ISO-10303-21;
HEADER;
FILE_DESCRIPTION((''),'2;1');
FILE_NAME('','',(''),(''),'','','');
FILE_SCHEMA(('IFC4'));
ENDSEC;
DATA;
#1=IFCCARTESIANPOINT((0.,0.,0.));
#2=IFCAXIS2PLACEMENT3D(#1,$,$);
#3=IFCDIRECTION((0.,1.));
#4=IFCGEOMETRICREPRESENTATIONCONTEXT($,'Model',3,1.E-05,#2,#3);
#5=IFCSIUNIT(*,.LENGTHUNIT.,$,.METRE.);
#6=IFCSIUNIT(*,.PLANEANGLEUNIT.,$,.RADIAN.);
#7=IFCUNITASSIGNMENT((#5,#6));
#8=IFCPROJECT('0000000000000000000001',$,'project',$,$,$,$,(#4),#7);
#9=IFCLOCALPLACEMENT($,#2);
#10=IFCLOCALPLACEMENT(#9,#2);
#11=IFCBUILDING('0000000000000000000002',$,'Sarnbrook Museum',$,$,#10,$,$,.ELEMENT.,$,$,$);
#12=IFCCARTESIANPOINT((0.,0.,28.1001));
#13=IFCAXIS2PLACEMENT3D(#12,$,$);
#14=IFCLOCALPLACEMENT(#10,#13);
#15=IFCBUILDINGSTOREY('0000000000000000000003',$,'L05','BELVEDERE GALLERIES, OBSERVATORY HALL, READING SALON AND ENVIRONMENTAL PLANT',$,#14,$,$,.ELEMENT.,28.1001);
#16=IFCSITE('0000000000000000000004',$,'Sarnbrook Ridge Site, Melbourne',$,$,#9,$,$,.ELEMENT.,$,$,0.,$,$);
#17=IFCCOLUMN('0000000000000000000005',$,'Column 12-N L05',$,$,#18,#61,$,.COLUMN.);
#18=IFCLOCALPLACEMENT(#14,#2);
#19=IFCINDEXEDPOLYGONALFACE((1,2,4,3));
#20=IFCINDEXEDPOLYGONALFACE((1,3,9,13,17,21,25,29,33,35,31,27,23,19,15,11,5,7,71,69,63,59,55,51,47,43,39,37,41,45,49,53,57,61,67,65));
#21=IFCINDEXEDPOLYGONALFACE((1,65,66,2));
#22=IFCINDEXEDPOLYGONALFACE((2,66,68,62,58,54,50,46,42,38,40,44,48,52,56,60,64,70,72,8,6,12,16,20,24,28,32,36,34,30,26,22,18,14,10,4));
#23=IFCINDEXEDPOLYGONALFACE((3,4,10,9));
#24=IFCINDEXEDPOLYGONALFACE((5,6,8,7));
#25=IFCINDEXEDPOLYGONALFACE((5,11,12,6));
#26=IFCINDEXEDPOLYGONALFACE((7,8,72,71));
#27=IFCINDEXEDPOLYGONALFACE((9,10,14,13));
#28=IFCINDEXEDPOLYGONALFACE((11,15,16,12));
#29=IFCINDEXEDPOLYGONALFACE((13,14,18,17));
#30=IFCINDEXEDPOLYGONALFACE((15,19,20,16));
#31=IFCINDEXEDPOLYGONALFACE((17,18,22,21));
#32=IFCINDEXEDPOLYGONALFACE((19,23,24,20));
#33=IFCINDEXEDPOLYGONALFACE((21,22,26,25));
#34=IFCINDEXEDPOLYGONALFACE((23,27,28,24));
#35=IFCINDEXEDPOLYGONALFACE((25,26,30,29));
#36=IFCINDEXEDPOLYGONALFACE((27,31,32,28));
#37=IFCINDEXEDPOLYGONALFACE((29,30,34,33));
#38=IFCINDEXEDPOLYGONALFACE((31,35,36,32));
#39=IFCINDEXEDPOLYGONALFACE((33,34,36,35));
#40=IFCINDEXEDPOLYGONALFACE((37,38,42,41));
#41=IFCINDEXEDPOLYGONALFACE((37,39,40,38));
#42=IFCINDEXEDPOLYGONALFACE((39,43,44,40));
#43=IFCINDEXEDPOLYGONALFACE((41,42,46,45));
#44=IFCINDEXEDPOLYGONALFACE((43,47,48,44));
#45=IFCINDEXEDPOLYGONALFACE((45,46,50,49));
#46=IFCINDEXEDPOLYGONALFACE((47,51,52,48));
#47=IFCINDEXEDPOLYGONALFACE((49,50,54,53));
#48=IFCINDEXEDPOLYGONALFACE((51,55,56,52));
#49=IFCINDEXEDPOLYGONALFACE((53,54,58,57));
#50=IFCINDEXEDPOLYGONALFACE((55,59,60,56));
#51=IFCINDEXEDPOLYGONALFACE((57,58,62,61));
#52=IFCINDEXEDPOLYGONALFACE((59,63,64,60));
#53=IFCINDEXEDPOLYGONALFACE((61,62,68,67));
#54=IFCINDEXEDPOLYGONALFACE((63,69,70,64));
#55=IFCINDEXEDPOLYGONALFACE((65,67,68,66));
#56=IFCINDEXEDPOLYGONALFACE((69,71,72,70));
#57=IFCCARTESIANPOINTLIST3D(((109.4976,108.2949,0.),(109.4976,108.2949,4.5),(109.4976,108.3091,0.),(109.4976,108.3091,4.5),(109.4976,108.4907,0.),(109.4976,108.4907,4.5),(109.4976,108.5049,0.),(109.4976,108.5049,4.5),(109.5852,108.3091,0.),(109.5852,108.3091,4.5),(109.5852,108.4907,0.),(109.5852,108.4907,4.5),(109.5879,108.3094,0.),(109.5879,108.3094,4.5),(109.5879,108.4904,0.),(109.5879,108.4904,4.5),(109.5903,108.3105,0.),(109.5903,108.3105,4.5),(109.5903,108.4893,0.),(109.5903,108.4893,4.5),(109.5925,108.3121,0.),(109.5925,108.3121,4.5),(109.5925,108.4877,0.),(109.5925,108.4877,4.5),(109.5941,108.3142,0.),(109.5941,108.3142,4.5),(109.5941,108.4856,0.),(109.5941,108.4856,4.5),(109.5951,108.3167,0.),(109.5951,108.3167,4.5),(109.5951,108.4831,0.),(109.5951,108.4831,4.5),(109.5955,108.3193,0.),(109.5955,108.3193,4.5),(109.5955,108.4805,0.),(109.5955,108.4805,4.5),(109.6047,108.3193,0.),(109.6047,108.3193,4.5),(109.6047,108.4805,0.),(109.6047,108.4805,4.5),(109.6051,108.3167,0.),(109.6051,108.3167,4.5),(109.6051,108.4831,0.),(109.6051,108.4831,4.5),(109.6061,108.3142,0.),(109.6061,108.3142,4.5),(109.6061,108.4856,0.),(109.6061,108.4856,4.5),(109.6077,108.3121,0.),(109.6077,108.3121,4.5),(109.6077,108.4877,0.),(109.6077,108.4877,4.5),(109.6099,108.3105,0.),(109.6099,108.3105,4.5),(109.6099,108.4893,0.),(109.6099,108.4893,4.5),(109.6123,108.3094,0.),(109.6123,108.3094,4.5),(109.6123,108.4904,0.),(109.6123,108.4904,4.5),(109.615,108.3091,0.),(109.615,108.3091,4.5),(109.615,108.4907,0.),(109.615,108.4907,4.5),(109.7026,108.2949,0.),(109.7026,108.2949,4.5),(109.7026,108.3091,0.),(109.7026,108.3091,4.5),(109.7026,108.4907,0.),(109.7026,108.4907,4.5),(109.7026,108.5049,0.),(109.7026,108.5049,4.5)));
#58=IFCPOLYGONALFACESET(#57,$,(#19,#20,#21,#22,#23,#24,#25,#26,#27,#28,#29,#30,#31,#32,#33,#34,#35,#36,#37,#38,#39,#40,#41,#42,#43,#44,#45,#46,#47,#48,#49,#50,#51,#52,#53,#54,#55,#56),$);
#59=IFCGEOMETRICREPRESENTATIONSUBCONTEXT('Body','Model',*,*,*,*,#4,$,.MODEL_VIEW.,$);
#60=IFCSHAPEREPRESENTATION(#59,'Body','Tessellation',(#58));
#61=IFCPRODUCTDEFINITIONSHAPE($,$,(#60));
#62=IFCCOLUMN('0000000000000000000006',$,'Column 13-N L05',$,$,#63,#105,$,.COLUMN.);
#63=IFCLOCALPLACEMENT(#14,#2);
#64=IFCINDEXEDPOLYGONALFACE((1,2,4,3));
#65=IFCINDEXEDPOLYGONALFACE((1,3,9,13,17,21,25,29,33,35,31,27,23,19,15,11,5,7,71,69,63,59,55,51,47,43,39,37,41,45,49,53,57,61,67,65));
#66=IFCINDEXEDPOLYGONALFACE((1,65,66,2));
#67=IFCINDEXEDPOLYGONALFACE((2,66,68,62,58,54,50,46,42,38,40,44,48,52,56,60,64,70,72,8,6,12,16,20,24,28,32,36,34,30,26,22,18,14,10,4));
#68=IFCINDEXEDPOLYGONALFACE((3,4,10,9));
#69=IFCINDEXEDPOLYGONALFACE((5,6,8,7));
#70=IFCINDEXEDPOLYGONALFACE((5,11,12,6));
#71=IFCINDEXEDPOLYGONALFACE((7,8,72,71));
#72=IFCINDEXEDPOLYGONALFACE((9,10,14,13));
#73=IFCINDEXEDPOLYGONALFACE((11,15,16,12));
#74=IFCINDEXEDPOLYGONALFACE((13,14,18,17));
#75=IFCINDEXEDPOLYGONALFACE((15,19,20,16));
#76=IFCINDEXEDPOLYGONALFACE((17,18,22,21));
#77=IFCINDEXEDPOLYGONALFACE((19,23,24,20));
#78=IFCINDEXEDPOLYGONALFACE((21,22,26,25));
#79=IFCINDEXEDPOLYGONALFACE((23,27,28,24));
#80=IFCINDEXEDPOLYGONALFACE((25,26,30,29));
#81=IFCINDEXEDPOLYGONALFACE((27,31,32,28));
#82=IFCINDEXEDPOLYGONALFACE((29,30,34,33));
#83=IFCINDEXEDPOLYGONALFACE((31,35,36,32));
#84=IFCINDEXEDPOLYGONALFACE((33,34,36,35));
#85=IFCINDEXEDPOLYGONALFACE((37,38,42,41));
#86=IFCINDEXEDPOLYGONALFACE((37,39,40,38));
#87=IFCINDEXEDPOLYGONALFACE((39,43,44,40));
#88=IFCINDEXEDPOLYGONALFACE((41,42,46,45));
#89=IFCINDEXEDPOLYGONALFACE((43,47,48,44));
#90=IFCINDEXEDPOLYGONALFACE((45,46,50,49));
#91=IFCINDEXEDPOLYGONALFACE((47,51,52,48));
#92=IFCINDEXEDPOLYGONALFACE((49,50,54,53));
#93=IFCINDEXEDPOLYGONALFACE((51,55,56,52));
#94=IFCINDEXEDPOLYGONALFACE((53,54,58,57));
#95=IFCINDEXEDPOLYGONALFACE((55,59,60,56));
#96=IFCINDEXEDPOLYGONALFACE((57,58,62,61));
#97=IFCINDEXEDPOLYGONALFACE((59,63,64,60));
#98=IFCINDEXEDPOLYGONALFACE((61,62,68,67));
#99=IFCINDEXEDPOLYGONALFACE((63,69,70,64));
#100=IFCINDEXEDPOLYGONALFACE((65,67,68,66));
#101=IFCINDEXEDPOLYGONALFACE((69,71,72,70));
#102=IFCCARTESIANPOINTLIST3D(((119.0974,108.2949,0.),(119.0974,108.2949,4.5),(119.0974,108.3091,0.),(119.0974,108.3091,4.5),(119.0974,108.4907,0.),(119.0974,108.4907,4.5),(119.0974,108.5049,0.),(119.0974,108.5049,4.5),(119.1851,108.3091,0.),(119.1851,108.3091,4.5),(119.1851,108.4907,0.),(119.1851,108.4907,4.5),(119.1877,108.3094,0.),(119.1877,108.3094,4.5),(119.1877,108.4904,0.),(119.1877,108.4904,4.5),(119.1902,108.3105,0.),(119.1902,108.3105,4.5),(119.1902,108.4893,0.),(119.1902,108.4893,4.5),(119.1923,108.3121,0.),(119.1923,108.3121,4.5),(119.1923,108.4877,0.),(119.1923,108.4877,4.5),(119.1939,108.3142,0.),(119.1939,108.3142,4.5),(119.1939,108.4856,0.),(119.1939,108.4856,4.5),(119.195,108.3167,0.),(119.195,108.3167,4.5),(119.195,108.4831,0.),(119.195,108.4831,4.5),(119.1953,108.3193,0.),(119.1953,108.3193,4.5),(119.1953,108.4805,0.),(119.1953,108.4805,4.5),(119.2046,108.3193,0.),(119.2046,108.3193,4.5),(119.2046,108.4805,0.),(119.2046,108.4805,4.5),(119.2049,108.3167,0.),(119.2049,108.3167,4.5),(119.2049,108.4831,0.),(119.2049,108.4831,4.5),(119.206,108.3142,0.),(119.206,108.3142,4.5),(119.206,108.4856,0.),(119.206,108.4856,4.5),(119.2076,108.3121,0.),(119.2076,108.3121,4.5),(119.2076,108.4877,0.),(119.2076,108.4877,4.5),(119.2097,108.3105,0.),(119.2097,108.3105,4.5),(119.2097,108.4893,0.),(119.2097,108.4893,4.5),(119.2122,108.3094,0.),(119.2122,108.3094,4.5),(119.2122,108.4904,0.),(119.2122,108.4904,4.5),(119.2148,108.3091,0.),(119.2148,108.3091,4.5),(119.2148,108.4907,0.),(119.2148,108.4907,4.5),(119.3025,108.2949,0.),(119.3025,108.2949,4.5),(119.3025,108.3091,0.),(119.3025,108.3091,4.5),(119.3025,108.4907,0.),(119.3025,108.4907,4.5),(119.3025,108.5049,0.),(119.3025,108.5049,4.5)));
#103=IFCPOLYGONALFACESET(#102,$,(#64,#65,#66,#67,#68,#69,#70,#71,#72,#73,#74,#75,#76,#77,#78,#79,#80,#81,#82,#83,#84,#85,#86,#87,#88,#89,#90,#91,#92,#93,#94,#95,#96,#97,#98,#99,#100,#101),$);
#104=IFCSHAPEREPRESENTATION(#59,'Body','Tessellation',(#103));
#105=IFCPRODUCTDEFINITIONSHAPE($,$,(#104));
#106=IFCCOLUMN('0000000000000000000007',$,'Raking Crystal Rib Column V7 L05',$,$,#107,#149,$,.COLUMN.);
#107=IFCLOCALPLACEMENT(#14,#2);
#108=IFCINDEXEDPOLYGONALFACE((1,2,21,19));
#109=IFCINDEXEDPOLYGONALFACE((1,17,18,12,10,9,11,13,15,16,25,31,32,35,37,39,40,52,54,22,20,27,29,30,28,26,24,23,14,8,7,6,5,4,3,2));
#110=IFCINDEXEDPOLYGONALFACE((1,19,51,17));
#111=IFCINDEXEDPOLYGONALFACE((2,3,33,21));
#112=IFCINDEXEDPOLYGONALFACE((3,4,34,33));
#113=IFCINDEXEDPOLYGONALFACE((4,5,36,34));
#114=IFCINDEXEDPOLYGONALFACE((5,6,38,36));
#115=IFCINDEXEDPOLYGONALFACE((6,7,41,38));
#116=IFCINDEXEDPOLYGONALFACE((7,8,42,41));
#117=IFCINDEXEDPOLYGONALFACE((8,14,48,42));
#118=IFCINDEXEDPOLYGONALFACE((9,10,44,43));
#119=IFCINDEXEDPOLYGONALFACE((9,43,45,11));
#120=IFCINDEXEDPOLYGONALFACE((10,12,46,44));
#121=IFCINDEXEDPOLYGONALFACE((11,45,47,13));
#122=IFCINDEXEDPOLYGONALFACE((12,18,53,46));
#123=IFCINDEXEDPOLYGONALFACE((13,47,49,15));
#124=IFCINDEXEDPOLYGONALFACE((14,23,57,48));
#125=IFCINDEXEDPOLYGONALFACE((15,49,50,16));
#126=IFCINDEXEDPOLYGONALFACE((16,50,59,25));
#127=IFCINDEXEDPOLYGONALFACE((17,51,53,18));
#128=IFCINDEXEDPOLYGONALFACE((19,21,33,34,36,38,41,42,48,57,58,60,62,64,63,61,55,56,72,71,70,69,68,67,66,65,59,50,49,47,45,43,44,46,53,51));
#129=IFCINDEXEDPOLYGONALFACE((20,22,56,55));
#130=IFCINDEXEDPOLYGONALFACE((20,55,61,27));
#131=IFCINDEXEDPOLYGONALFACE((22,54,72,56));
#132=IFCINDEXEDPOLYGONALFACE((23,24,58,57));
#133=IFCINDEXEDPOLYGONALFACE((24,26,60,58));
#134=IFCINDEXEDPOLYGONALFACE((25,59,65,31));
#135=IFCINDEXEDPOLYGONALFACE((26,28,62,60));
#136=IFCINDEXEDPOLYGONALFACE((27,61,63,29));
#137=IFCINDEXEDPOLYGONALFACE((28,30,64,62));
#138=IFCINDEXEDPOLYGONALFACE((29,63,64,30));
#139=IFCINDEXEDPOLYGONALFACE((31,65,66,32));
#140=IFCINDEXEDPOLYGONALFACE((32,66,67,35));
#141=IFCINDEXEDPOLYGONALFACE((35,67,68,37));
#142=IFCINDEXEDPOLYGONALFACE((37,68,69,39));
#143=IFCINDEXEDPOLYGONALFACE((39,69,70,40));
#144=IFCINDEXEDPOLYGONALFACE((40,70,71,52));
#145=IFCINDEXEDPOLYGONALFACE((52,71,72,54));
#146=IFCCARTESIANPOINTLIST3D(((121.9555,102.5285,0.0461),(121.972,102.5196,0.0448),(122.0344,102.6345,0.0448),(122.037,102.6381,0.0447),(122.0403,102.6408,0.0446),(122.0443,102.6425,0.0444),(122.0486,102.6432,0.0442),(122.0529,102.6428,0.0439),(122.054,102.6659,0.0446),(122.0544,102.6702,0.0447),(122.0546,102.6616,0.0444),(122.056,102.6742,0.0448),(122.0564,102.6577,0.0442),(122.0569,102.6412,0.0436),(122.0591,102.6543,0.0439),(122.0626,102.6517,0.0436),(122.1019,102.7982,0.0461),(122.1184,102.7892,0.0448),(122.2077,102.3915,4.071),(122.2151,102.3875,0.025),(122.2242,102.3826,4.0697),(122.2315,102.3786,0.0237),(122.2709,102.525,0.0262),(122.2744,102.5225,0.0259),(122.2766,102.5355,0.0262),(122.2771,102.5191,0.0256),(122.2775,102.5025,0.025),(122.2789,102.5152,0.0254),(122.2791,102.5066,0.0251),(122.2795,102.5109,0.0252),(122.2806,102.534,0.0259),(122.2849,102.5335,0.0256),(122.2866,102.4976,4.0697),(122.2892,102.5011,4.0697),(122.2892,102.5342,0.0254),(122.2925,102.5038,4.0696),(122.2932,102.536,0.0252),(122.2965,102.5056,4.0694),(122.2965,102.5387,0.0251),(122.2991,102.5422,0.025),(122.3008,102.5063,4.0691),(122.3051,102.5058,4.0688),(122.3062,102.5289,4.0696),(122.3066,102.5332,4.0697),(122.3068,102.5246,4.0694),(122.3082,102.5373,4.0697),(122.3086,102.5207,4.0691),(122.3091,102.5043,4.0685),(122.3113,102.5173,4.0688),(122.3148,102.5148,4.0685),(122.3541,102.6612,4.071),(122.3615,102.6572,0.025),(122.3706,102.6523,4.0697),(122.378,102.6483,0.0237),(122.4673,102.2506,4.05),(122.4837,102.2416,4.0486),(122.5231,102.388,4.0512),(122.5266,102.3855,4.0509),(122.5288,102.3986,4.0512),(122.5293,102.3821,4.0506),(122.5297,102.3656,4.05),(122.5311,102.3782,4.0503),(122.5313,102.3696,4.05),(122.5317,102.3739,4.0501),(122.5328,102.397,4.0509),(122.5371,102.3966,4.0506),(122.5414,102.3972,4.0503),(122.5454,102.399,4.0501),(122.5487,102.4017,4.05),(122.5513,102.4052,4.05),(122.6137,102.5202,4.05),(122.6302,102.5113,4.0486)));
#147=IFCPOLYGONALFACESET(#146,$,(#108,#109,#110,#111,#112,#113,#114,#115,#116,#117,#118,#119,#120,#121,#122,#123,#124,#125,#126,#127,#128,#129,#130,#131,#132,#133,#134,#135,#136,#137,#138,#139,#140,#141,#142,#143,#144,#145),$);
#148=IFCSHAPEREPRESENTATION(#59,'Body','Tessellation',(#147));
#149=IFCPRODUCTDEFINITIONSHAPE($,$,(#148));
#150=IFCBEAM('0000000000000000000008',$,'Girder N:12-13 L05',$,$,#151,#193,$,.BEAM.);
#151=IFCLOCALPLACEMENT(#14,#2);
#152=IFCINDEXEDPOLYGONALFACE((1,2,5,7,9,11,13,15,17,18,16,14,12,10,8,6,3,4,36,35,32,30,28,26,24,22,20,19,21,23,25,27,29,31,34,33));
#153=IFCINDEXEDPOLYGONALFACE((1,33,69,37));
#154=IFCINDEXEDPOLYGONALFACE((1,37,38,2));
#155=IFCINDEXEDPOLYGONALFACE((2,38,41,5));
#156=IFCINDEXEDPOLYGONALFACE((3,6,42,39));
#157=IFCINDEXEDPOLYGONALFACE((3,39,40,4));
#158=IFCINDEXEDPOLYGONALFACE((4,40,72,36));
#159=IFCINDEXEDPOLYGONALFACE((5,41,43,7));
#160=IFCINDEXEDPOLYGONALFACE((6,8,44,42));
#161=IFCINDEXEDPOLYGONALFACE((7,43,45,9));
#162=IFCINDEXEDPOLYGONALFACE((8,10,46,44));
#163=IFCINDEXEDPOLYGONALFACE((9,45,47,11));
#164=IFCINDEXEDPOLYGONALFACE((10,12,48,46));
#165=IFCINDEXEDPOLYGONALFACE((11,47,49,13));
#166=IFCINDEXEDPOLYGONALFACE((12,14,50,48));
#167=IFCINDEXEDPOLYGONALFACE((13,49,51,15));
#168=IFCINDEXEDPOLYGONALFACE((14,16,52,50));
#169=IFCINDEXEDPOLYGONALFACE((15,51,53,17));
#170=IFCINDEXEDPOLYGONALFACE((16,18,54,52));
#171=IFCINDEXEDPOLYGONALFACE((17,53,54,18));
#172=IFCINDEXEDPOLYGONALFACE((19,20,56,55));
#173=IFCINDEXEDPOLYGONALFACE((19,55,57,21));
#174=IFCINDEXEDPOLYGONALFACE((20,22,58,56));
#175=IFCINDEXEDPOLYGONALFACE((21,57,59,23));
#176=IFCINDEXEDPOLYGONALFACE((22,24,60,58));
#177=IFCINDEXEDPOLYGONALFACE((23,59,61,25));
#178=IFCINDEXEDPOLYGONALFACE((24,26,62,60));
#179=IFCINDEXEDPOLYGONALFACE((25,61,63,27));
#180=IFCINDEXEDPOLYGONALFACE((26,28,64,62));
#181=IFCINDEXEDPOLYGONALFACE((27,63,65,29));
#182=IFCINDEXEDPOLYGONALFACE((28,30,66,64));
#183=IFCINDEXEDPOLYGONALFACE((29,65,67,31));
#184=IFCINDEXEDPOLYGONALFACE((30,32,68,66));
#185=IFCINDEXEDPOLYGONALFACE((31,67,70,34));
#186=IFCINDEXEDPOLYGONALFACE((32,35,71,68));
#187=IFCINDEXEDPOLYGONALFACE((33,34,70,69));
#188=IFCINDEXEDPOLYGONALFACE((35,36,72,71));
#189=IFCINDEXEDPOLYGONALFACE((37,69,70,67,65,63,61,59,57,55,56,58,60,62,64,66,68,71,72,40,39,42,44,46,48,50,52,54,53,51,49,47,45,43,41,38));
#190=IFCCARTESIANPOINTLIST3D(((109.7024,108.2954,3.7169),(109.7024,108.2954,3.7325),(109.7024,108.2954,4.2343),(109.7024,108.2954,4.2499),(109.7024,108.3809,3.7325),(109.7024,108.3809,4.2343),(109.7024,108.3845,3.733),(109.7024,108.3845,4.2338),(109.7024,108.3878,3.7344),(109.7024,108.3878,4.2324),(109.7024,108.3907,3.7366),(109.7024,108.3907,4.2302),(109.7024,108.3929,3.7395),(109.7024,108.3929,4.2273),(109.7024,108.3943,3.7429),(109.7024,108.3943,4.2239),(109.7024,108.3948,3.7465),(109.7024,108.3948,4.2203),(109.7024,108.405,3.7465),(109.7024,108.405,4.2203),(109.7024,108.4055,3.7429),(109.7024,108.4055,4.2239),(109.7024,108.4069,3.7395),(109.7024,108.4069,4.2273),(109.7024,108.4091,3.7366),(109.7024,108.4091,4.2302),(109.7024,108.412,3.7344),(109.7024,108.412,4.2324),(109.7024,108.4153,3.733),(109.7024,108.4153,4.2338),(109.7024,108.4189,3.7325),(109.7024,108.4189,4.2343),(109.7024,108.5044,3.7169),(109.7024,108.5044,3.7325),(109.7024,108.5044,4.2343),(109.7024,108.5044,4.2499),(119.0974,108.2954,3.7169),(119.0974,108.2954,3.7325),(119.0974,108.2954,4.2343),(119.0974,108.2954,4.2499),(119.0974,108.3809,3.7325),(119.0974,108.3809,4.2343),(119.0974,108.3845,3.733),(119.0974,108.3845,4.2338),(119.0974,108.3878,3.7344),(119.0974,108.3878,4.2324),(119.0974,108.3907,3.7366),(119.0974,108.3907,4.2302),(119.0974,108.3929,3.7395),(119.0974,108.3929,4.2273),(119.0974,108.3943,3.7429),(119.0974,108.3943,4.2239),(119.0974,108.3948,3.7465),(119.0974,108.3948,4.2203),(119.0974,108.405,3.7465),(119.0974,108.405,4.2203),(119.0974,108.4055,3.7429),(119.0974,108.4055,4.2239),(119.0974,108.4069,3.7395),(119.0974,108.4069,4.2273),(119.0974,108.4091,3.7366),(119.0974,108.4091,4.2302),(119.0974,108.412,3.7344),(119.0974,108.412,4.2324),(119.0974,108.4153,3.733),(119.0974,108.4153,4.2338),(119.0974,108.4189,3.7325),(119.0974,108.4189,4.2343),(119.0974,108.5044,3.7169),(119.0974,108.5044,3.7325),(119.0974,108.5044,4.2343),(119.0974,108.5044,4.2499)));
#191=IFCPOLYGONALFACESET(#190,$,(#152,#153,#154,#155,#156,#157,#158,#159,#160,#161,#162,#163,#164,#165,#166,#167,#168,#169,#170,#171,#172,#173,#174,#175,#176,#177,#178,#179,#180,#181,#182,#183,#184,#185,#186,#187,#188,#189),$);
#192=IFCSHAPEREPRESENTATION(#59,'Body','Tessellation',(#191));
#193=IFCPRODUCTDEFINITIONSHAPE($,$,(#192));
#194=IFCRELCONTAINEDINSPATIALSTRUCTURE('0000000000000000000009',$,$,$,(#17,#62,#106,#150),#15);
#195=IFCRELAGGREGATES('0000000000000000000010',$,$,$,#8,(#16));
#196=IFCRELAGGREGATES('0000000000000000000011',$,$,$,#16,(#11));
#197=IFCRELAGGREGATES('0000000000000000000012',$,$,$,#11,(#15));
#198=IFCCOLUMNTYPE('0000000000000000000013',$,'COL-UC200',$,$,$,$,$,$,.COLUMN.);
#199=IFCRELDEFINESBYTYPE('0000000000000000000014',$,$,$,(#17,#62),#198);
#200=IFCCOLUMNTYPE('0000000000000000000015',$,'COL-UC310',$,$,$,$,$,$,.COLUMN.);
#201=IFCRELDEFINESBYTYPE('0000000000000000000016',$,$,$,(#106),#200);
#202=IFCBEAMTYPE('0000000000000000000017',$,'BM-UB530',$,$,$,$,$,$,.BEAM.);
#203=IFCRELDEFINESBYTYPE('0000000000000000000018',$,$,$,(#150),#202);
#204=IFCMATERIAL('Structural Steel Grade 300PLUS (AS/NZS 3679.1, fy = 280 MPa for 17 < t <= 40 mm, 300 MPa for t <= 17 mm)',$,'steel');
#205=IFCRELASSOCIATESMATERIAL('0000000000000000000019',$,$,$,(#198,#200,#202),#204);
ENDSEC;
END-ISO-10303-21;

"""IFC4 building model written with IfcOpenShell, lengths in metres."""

from ifc_helpers import new_model, si_unit, direction, frame, origin, origin_2d, place, context, subcontext, project, spatial, i_section, extrude, material, material_profile, profile_set, type_object, element, save


model = new_model("IFC4")

# Units and contexts
model_context = context("Model", 3, precision=1e-05, world=origin(), true_north=direction((0.0, 1.0)))
body_context = subcontext(model_context, "Body", "Model", "MODEL_VIEW")
ifc_project = project(units=[si_unit("LENGTHUNIT", "METRE"), si_unit("PLANEANGLEUNIT", "RADIAN")], contexts=[model_context])

# Site, building, storey
site_placement = place(None, origin())
site = spatial("IfcSite", under=ifc_project, at=site_placement, Name="Sarnbrook Ridge Site, Melbourne", CompositionType="ELEMENT", RefElevation=0.0)
building_placement = place(site_placement, origin())
building = spatial("IfcBuilding", under=site, at=building_placement, Name="Sarnbrook Museum", CompositionType="ELEMENT")
storey_placement = place(building_placement, frame((0.0, 0.0, 28.1001)))
storey = spatial("IfcBuildingStorey", under=building, at=storey_placement, Name="L05", Description="BELVEDERE GALLERIES, OBSERVATORY HALL, READING SALON AND ENVIRONMENTAL PLANT", CompositionType="ELEMENT", Elevation=28.1001)

# Columns
ifc_material_1 = material(Name="Structural Steel Grade 300PLUS (AS/NZS 3679.1, fy = 280 MPa for 17 < t <= 40 mm, 300 MPa for t <= 17 mm)", Category="steel")
ifc_material_profile_1 = material_profile(ifc_material_1, i_section(OverallWidth=0.2051, OverallDepth=0.21, WebThickness=0.0093, FlangeThickness=0.0142, FilletRadius=0.0103, at=origin_2d()), Name="200UC59.5")
ifc_profile_set_1 = profile_set([ifc_material_profile_1], Name="Structural Steel Grade 300PLUS (AS/NZS 3679.1, fy = 280 MPa for 17 < t <= 40 mm, 300 MPa for t <= 17 mm)")
column_type_1 = type_object("IfcColumnType", Name="COL-UC200", PredefinedType="COLUMN", material=ifc_profile_set_1)
for number, where, z_axis, x_axis, name in (
    (1, (109.6001, 108.3999, 0.0), (0.0, 0.0, 1.0), (1.0, 0.0, 0.0), "Column 12-N L05"),
    (2, (119.2, 108.3999, 0.0), (0.0, 0.0, 1.0), (1.0, 0.0, 0.0), "Column 13-N L05"),
):
    element("IfcColumn", number, at=place(storey_placement, frame(where, z_axis=z_axis, x_axis=x_axis)), inside=storey, type_object=column_type_1, Name=name, PredefinedType="COLUMN", context=body_context, shape_type="SweptSolid", body=[
        extrude(i_section(OverallWidth=0.2051, OverallDepth=0.21, WebThickness=0.0093, FlangeThickness=0.0142, FilletRadius=0.0103, at=origin_2d()), origin(), (0.0, 0.0, 1.0), 4.5),
    ])
ifc_material_profile_2 = material_profile(ifc_material_1, i_section(OverallWidth=0.3069, OverallDepth=0.3149, WebThickness=0.012, FlangeThickness=0.0188, FilletRadius=0.0166, at=origin_2d()), Name="310UC118")
ifc_profile_set_2 = profile_set([ifc_material_profile_2], Name="Structural Steel Grade 300PLUS (AS/NZS 3679.1, fy = 280 MPa for 17 < t <= 40 mm, 300 MPa for t <= 17 mm)")
column_type_2 = type_object("IfcColumnType", Name="COL-UC310", PredefinedType="COLUMN", material=ifc_profile_set_2)
column_placement = place(storey_placement, frame((122.1667, 102.5884, 0.0349), z_axis=(0.062501, -0.033943, 0.997468), x_axis=(0.477242, 0.878772, 0.0)))
element("IfcColumn", 3, at=column_placement, inside=storey, type_object=column_type_2, Name="Raking Crystal Rib Column V7 L05", PredefinedType="COLUMN", context=body_context, shape_type="SweptSolid", body=[
    extrude(i_section(OverallWidth=0.3069, OverallDepth=0.3149, WebThickness=0.012, FlangeThickness=0.0188, FilletRadius=0.0166, at=origin_2d()), origin(), (0.0, 0.0, 1.0), 4.0352),
])

# Beam
ifc_material_profile_3 = material_profile(ifc_material_1, i_section(OverallWidth=0.209, OverallDepth=0.533, WebThickness=0.0103, FlangeThickness=0.0156, FilletRadius=0.0139, at=origin_2d()), Name="530UB92.4")
ifc_profile_set_3 = profile_set([ifc_material_profile_3], Name="Structural Steel Grade 300PLUS (AS/NZS 3679.1, fy = 280 MPa for 17 < t <= 40 mm, 300 MPa for t <= 17 mm)")
beam_type_1 = type_object("IfcBeamType", Name="BM-UB530", PredefinedType="BEAM", material=ifc_profile_set_3)
beam_1_placement = place(storey_placement, frame((109.7024, 108.3999, 3.9834), z_axis=(1.0, 0.0, 0.0), x_axis=(0.0, 1.0, 0.0)))
element("IfcBeam", 4, at=beam_1_placement, inside=storey, type_object=beam_type_1, Name="Girder N:12-13 L05", PredefinedType="BEAM", context=body_context, shape_type="SweptSolid", body=[
    extrude(i_section(OverallWidth=0.209, OverallDepth=0.533, WebThickness=0.0103, FlangeThickness=0.0156, FilletRadius=0.0139, at=origin_2d()), origin(), (0.0, 0.0, 1.0), 9.395),
])

save(model, "model.ifc")
